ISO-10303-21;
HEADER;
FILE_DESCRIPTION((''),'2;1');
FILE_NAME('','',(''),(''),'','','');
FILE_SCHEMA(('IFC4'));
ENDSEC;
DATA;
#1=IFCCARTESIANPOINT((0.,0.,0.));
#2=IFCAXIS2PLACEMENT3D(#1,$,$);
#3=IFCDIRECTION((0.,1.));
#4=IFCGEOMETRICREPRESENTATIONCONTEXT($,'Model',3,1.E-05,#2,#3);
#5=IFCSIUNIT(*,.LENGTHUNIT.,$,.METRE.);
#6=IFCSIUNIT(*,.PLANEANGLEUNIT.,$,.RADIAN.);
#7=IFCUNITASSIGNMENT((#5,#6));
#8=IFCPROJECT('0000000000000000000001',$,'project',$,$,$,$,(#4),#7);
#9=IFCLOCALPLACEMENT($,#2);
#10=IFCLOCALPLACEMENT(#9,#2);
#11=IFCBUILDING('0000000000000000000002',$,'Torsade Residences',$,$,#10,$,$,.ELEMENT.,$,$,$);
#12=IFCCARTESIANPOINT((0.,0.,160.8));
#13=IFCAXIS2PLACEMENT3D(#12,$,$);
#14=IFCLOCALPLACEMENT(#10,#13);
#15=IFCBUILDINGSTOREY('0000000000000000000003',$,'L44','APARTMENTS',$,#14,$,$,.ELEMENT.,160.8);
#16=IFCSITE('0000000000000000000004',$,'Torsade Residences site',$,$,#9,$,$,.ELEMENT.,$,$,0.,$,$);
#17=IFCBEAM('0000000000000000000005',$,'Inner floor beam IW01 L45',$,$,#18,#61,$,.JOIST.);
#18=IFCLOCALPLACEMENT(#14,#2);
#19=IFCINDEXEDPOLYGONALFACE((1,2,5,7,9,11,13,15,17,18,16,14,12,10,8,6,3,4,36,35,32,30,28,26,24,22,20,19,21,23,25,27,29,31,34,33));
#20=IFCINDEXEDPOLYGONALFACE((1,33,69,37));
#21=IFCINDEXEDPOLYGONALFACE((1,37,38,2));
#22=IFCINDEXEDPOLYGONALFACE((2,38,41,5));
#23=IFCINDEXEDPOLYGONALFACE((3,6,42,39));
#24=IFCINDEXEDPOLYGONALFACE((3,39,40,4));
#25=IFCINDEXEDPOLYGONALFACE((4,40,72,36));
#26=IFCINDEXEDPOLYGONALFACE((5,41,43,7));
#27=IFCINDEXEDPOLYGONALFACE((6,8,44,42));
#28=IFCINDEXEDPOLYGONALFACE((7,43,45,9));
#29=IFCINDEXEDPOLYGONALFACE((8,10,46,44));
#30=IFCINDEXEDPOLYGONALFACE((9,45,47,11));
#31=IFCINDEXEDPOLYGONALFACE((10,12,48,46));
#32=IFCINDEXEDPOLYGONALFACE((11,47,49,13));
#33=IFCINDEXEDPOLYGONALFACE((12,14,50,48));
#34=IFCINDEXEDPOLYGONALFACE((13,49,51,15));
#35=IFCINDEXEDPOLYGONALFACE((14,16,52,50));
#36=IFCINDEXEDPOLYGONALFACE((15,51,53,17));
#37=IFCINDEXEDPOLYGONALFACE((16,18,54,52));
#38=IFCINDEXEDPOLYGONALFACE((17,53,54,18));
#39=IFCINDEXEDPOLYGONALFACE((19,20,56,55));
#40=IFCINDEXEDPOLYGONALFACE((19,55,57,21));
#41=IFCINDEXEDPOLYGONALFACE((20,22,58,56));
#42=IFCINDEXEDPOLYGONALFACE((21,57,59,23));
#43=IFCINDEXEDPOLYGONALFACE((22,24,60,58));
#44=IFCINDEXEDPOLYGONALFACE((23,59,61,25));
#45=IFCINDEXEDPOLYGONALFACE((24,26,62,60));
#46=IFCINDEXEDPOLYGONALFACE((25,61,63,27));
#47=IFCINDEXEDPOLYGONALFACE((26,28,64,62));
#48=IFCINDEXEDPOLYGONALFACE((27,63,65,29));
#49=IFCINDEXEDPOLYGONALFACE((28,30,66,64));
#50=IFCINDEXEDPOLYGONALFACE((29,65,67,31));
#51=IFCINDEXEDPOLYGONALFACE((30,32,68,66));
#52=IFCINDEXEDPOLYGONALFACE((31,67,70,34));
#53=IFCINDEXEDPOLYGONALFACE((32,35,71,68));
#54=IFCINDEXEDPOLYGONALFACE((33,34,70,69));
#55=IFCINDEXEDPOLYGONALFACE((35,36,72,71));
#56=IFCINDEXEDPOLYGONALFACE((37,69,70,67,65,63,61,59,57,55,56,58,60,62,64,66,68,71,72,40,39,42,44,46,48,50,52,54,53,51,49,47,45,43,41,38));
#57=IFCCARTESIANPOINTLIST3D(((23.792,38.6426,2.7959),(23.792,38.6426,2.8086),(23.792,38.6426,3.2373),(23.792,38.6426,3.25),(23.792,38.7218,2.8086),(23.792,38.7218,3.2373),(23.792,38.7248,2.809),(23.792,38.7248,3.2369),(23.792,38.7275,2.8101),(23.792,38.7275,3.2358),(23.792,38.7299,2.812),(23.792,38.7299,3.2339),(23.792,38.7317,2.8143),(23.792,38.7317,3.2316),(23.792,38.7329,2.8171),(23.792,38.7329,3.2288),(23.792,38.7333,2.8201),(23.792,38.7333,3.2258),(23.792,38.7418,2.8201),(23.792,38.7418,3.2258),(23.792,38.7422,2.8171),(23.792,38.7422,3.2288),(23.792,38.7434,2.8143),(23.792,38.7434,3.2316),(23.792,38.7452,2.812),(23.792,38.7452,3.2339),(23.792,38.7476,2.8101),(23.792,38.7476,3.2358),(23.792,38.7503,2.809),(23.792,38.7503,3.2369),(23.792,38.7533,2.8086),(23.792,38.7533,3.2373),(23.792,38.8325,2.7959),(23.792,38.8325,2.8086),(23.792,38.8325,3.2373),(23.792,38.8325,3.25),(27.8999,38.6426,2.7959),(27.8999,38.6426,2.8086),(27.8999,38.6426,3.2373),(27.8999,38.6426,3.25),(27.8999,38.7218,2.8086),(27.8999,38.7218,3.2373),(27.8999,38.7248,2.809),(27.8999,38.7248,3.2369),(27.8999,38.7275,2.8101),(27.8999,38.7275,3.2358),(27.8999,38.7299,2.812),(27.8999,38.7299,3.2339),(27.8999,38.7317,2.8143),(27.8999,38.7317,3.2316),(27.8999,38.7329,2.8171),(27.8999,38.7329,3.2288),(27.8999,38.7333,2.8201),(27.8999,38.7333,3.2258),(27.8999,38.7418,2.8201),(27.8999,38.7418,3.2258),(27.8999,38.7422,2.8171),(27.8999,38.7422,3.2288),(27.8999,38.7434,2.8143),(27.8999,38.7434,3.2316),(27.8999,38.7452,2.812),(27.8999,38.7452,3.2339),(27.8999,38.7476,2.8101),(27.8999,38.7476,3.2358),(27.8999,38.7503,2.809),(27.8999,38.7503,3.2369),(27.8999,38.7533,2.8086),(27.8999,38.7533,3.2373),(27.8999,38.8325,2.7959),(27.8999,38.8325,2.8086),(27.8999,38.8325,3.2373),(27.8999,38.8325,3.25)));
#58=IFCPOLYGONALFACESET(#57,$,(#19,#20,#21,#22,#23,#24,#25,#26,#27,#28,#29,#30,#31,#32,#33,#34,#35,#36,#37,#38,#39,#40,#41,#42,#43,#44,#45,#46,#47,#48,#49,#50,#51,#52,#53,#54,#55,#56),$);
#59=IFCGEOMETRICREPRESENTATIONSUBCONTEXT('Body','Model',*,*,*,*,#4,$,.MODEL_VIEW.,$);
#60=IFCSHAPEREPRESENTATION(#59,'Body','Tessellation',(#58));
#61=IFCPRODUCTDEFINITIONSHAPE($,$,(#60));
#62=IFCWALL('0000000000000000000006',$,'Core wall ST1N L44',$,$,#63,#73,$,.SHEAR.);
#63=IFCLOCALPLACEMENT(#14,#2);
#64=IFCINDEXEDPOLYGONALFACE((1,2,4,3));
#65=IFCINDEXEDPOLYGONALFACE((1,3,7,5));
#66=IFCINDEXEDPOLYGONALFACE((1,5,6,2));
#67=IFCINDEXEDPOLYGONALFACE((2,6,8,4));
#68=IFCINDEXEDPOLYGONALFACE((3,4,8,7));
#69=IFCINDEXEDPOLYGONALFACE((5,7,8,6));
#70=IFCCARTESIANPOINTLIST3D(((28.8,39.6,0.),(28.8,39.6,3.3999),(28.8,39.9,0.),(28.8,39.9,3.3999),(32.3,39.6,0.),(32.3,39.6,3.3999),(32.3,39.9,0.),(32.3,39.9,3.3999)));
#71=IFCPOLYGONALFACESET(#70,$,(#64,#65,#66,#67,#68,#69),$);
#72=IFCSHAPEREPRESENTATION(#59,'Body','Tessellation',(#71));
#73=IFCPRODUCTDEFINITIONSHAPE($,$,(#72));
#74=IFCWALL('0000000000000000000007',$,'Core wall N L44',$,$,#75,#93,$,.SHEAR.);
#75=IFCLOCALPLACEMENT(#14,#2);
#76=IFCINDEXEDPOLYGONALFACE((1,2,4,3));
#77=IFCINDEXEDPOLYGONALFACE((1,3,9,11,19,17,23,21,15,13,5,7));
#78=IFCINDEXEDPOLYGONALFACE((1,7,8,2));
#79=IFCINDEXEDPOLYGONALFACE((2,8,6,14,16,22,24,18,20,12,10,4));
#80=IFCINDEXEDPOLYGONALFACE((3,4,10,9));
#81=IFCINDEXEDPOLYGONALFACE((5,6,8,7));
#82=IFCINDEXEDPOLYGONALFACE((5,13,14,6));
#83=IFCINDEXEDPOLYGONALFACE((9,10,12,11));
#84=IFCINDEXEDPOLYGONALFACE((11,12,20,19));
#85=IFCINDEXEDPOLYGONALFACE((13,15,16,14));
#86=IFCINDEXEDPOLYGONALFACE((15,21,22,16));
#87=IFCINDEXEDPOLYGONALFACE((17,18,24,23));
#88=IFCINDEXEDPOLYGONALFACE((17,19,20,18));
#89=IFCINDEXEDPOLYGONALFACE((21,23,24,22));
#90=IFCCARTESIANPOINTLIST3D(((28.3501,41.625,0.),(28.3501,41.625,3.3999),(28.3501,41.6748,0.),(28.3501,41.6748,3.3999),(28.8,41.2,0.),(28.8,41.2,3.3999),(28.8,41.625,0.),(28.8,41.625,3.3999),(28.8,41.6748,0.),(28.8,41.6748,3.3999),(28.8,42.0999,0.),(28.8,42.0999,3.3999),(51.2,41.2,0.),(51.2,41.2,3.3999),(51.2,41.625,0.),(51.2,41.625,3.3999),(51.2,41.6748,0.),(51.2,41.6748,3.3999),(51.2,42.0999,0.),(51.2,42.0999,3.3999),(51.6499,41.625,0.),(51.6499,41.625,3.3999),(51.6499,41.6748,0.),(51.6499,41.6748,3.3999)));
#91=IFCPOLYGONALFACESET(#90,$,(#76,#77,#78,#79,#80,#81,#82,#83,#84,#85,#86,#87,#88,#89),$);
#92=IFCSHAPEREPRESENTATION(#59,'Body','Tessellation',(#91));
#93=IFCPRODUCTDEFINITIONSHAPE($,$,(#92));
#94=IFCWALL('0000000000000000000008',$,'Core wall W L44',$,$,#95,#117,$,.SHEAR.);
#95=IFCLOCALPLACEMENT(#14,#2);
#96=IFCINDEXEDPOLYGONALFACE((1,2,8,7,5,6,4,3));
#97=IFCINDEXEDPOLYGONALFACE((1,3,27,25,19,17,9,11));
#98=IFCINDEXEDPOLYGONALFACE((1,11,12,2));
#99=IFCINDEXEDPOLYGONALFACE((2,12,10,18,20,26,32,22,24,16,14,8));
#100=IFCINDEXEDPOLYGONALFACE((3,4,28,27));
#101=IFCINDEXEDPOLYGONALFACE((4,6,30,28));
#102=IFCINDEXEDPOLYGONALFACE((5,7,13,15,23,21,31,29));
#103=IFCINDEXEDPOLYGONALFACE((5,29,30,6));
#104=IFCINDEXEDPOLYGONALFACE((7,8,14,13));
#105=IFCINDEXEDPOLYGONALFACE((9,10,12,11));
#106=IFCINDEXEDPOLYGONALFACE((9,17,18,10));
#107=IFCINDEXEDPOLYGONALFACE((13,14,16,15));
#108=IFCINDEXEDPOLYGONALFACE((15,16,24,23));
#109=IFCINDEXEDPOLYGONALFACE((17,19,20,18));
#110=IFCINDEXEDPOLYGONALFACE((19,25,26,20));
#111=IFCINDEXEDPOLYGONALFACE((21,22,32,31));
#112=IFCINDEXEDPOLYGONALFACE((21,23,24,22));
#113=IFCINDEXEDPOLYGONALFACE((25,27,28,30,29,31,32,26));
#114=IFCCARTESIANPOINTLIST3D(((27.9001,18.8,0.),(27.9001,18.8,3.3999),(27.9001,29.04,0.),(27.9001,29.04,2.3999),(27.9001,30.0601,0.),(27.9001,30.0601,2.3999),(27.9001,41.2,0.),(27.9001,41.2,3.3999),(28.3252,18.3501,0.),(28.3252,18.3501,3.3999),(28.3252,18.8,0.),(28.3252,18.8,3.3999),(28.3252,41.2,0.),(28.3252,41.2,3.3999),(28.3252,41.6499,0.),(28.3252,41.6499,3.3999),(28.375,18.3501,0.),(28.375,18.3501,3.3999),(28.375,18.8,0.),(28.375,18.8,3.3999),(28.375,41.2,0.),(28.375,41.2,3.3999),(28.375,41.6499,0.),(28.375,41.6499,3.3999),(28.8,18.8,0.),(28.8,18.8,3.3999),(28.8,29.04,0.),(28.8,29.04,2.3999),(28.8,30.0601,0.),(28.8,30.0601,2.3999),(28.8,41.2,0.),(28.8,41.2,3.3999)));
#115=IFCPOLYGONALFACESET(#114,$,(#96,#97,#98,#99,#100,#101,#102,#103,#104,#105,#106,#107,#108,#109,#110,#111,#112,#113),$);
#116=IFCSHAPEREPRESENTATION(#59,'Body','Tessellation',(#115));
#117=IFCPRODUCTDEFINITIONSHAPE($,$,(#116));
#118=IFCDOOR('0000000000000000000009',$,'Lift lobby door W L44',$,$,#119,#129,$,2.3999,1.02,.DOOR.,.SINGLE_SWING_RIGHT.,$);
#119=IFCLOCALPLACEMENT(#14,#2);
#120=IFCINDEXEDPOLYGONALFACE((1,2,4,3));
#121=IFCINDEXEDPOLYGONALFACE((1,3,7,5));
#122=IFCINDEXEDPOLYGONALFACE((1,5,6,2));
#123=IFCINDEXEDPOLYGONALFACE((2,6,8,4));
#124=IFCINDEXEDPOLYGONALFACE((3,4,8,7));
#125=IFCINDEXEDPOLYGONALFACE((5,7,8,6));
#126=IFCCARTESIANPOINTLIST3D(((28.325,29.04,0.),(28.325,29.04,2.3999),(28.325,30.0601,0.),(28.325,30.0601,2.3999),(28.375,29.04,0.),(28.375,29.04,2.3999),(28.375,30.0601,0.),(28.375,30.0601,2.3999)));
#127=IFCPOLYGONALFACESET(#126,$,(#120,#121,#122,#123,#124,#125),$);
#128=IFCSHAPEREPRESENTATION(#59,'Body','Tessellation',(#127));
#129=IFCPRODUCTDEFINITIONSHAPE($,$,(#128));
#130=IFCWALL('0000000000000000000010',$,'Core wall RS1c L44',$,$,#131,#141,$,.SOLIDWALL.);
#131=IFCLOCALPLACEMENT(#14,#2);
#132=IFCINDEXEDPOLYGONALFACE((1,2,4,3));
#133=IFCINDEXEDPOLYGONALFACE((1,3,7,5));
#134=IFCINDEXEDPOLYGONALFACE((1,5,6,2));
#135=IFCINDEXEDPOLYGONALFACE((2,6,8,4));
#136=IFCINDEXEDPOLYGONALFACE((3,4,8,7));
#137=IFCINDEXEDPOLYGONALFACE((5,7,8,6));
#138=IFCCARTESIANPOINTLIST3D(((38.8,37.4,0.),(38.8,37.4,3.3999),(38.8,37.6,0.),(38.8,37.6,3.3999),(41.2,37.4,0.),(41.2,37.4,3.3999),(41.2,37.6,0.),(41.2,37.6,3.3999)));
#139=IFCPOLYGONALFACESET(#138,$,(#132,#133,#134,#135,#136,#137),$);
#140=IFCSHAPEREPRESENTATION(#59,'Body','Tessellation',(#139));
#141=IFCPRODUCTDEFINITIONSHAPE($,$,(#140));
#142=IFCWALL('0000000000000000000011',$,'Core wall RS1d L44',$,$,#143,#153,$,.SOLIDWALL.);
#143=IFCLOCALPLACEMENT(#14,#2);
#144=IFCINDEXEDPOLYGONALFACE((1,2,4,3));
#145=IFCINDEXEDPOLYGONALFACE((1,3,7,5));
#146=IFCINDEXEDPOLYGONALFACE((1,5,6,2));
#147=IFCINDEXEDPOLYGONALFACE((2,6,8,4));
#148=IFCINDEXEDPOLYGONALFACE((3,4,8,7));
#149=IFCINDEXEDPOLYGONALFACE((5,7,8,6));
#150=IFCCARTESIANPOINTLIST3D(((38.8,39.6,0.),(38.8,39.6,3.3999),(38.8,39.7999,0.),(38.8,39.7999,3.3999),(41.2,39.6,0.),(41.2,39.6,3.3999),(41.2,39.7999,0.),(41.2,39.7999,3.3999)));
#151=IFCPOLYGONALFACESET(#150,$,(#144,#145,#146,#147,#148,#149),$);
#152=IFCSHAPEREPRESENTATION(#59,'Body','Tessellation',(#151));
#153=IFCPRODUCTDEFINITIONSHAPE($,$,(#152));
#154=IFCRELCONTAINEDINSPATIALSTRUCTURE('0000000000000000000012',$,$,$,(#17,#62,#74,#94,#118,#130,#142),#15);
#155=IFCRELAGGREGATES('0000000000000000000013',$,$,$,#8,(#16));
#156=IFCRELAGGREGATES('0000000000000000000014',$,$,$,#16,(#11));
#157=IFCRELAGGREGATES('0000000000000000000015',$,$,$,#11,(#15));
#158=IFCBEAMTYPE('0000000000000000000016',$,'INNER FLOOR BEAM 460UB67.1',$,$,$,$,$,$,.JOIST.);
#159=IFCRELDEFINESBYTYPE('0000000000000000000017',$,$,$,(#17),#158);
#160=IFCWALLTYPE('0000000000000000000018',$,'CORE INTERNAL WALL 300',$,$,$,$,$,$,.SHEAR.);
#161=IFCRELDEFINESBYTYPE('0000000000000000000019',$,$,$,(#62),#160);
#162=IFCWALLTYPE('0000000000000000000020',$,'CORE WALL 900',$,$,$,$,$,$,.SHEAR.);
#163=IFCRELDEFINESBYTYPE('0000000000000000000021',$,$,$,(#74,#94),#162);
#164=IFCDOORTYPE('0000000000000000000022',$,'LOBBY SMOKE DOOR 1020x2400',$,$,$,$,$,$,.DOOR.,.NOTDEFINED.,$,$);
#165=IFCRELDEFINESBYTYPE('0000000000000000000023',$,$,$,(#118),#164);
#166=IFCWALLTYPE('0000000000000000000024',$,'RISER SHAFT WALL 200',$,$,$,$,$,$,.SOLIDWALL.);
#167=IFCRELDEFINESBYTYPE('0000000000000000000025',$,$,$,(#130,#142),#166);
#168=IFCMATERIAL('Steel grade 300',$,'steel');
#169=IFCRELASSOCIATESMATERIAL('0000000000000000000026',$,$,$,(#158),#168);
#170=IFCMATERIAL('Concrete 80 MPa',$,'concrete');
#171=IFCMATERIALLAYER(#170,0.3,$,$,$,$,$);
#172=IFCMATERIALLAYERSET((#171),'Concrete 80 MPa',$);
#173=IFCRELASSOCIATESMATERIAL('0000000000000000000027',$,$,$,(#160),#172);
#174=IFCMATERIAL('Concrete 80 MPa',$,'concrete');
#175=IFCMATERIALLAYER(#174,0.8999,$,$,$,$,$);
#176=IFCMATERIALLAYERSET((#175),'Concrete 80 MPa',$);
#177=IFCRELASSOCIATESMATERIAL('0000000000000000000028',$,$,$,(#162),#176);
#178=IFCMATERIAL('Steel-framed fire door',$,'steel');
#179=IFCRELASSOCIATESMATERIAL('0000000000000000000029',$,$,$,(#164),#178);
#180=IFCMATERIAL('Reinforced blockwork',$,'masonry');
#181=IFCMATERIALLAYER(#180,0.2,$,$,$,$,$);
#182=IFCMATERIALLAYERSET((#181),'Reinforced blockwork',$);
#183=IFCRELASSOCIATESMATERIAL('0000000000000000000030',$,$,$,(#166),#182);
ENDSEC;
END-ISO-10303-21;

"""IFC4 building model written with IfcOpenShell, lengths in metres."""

from ifc_helpers import new_model, si_unit, direction, frame, frame_2d, origin, origin_2d, place, context, subcontext, project, spatial, polyline, rectangle, i_section, outline, extrude, material, layer, layer_set, material_profile, profile_set, type_object, element, fill, save


model = new_model("IFC4")

# Units and contexts
model_context = context("Model", 3, precision=1e-05, world=origin(), true_north=direction((0.0, 1.0)))
body_context = subcontext(model_context, "Body", "Model", "MODEL_VIEW")
ifc_project = project(units=[si_unit("LENGTHUNIT", "METRE"), si_unit("PLANEANGLEUNIT", "RADIAN")], contexts=[model_context])

# Site, building, storey
site_placement = place(None, origin())
site = spatial("IfcSite", under=ifc_project, at=site_placement, Name="Torsade Residences site", CompositionType="ELEMENT", RefElevation=0.0)
building_placement = place(site_placement, origin())
building = spatial("IfcBuilding", under=site, at=building_placement, Name="Torsade Residences", CompositionType="ELEMENT")
storey_placement = place(building_placement, frame((0.0, 0.0, 160.8)))
storey = spatial("IfcBuildingStorey", under=building, at=storey_placement, Name="L44", Description="APARTMENTS", CompositionType="ELEMENT", Elevation=160.8)

# Beam
ifc_material_1 = material(Name="Steel grade 300", Category="steel")
ifc_material_profile_1 = material_profile(ifc_material_1, i_section(OverallWidth=0.1899, OverallDepth=0.4541, WebThickness=0.0085, FlangeThickness=0.0127, FilletRadius=0.0115, at=origin_2d()), Name="460UB67.1")
ifc_profile_set_1 = profile_set([ifc_material_profile_1], Name="Steel grade 300")
beam_type = type_object("IfcBeamType", Name="INNER FLOOR BEAM 460UB67.1", PredefinedType="JOIST", material=ifc_profile_set_1)
beam_1_placement = place(storey_placement, frame((27.8999, 38.7375, 3.0229), z_axis=(-1.0, 0.0, 0.0), x_axis=(0.0, -1.0, 0.0)))
element("IfcBeam", 1, at=beam_1_placement, inside=storey, type_object=beam_type, Name="Inner floor beam IW01 L45", PredefinedType="JOIST", context=body_context, shape_type="SweptSolid", body=[
    extrude(i_section(OverallWidth=0.1899, OverallDepth=0.4541, WebThickness=0.0085, FlangeThickness=0.0127, FilletRadius=0.0115, at=origin_2d()), origin(), (0.0, 0.0, 1.0), 4.1079),
])

# Walls
ifc_material_2 = material(Name="Concrete 80 MPa", Category="concrete")
ifc_layer_1 = layer(ifc_material_2, 0.3)
ifc_layer_set_1 = layer_set([ifc_layer_1], Name="Concrete 80 MPa")
wall_type_1 = type_object("IfcWallType", Name="CORE INTERNAL WALL 300", PredefinedType="SHEAR", material=ifc_layer_set_1)
wall_1_placement = place(storey_placement, frame((28.8, 39.75, 0.0), z_axis=(0.0, 0.0, 1.0), x_axis=(1.0, 0.0, 0.0)))
element("IfcWall", 2, at=wall_1_placement, inside=storey, type_object=wall_type_1, Name="Core wall ST1N L44", PredefinedType="SHEAR", context=body_context, shape_type="SweptSolid", body=[
    extrude(rectangle(XDim=3.5, YDim=0.3, at=frame_2d((1.75, 0.0))), origin(), (0.0, 0.0, 1.0), 3.3999),
])
ifc_material_3 = material(Name="Concrete 80 MPa", Category="concrete")
ifc_layer_2 = layer(ifc_material_3, 0.8999)
ifc_layer_set_2 = layer_set([ifc_layer_2], Name="Concrete 80 MPa")
wall_type_2 = type_object("IfcWallType", Name="CORE WALL 900", PredefinedType="SHEAR", material=ifc_layer_set_2)
wall_2_placement = place(storey_placement, frame((28.8, 41.6499, 0.0), z_axis=(0.0, 0.0, 1.0), x_axis=(1.0, 0.0, 0.0)))
element("IfcWall", 3, at=wall_2_placement, inside=storey, type_object=wall_type_2, Name="Core wall N L44", PredefinedType="SHEAR", context=body_context, shape_type="SweptSolid", body=[
    extrude(outline(polyline([(0.0, -0.45), (22.3999, -0.45), (22.3999, -0.0249), (22.8499, -0.0249), (22.8499, 0.0249), (22.3999, 0.0249), (22.3999, 0.45), (0.0, 0.45), (0.0, 0.0249), (-0.45, 0.0249), (-0.45, -0.0249), (0.0, -0.0249), (0.0, -0.45)])), origin(), (0.0, 0.0, 1.0), 3.3999),
])

# Wall, opening, door
wall_3_placement = place(storey_placement, frame((28.3501, 41.2, 0.0), z_axis=(0.0, 0.0, 1.0), x_axis=(0.0, -1.0, 0.0)))
wall_3 = element("IfcWall", 4, at=wall_3_placement, inside=storey, type_object=wall_type_2, Name="Core wall W L44", PredefinedType="SHEAR", context=body_context, shape_type="SweptSolid", body=[
    extrude(outline(polyline([(0.0, -0.45), (22.3999, -0.45), (22.3999, -0.0249), (22.8499, -0.0249), (22.8499, 0.0249), (22.3999, 0.0249), (22.3999, 0.45), (0.0, 0.45), (0.0, 0.0249), (-0.45, 0.0249), (-0.45, -0.0249), (0.0, -0.0249), (0.0, -0.45)])), origin(), (0.0, 0.0, 1.0), 3.3999),
])
opening_1_placement = place(wall_3_placement, frame((11.1399, 0.0, 0.0)))
opening_1 = element("IfcOpeningElement", 5, at=opening_1_placement, cuts=wall_3, PredefinedType="OPENING", context=body_context, shape_type="SweptSolid", body=[
    extrude(rectangle(XDim=1.02, YDim=2.3999, at=frame_2d((0.51, 1.2))), frame((0.0, 0.46, 0.0), z_axis=(0.0, -1.0, 0.0), x_axis=(1.0, 0.0, 0.0)), (0.0, 0.0, 1.0), 0.9199),
])
ifc_material_4 = material(Name="Steel-framed fire door", Category="steel")
door_type_1 = type_object("IfcDoorType", Name="LOBBY SMOKE DOOR 1020x2400", OperationType="NOTDEFINED", PredefinedType="DOOR", material=ifc_material_4)
door_1_placement = place(opening_1_placement, origin())
door_1 = element("IfcDoor", 6, at=door_1_placement, inside=storey, type_object=door_type_1, Name="Lift lobby door W L44", OperationType="SINGLE_SWING_RIGHT", OverallHeight=2.3999, OverallWidth=1.02, PredefinedType="DOOR", context=body_context, shape_type="SweptSolid", body=[
    extrude(rectangle(XDim=1.02, YDim=2.3999, at=frame_2d((0.51, 1.2))), frame((0.0, 0.0249, 0.0), z_axis=(0.0, -1.0, 0.0), x_axis=(1.0, 0.0, 0.0)), (0.0, 0.0, 1.0), 0.05),
])
fill(opening_1, door_1)

# Walls
ifc_material_5 = material(Name="Reinforced blockwork", Category="masonry")
ifc_layer_3 = layer(ifc_material_5, 0.2)
ifc_layer_set_3 = layer_set([ifc_layer_3], Name="Reinforced blockwork")
wall_type_3 = type_object("IfcWallType", Name="RISER SHAFT WALL 200", PredefinedType="SOLIDWALL", material=ifc_layer_set_3)
for number, where, z_axis, x_axis, name in (
    (7, (38.8, 37.5, 0.0), (0.0, 0.0, 1.0), (1.0, 0.0, 0.0), "Core wall RS1c L44"),
    (8, (38.8, 39.7, 0.0), (0.0, 0.0, 1.0), (1.0, 0.0, 0.0), "Core wall RS1d L44"),
):
    element("IfcWall", number, at=place(storey_placement, frame(where, z_axis=z_axis, x_axis=x_axis)), inside=storey, type_object=wall_type_3, Name=name, PredefinedType="SOLIDWALL", context=body_context, shape_type="SweptSolid", body=[
        extrude(rectangle(XDim=2.3999, YDim=0.2, at=frame_2d((1.2, 0.0))), origin(), (0.0, 0.0, 1.0), 3.3999),
    ])

save(model, "model.ifc")
